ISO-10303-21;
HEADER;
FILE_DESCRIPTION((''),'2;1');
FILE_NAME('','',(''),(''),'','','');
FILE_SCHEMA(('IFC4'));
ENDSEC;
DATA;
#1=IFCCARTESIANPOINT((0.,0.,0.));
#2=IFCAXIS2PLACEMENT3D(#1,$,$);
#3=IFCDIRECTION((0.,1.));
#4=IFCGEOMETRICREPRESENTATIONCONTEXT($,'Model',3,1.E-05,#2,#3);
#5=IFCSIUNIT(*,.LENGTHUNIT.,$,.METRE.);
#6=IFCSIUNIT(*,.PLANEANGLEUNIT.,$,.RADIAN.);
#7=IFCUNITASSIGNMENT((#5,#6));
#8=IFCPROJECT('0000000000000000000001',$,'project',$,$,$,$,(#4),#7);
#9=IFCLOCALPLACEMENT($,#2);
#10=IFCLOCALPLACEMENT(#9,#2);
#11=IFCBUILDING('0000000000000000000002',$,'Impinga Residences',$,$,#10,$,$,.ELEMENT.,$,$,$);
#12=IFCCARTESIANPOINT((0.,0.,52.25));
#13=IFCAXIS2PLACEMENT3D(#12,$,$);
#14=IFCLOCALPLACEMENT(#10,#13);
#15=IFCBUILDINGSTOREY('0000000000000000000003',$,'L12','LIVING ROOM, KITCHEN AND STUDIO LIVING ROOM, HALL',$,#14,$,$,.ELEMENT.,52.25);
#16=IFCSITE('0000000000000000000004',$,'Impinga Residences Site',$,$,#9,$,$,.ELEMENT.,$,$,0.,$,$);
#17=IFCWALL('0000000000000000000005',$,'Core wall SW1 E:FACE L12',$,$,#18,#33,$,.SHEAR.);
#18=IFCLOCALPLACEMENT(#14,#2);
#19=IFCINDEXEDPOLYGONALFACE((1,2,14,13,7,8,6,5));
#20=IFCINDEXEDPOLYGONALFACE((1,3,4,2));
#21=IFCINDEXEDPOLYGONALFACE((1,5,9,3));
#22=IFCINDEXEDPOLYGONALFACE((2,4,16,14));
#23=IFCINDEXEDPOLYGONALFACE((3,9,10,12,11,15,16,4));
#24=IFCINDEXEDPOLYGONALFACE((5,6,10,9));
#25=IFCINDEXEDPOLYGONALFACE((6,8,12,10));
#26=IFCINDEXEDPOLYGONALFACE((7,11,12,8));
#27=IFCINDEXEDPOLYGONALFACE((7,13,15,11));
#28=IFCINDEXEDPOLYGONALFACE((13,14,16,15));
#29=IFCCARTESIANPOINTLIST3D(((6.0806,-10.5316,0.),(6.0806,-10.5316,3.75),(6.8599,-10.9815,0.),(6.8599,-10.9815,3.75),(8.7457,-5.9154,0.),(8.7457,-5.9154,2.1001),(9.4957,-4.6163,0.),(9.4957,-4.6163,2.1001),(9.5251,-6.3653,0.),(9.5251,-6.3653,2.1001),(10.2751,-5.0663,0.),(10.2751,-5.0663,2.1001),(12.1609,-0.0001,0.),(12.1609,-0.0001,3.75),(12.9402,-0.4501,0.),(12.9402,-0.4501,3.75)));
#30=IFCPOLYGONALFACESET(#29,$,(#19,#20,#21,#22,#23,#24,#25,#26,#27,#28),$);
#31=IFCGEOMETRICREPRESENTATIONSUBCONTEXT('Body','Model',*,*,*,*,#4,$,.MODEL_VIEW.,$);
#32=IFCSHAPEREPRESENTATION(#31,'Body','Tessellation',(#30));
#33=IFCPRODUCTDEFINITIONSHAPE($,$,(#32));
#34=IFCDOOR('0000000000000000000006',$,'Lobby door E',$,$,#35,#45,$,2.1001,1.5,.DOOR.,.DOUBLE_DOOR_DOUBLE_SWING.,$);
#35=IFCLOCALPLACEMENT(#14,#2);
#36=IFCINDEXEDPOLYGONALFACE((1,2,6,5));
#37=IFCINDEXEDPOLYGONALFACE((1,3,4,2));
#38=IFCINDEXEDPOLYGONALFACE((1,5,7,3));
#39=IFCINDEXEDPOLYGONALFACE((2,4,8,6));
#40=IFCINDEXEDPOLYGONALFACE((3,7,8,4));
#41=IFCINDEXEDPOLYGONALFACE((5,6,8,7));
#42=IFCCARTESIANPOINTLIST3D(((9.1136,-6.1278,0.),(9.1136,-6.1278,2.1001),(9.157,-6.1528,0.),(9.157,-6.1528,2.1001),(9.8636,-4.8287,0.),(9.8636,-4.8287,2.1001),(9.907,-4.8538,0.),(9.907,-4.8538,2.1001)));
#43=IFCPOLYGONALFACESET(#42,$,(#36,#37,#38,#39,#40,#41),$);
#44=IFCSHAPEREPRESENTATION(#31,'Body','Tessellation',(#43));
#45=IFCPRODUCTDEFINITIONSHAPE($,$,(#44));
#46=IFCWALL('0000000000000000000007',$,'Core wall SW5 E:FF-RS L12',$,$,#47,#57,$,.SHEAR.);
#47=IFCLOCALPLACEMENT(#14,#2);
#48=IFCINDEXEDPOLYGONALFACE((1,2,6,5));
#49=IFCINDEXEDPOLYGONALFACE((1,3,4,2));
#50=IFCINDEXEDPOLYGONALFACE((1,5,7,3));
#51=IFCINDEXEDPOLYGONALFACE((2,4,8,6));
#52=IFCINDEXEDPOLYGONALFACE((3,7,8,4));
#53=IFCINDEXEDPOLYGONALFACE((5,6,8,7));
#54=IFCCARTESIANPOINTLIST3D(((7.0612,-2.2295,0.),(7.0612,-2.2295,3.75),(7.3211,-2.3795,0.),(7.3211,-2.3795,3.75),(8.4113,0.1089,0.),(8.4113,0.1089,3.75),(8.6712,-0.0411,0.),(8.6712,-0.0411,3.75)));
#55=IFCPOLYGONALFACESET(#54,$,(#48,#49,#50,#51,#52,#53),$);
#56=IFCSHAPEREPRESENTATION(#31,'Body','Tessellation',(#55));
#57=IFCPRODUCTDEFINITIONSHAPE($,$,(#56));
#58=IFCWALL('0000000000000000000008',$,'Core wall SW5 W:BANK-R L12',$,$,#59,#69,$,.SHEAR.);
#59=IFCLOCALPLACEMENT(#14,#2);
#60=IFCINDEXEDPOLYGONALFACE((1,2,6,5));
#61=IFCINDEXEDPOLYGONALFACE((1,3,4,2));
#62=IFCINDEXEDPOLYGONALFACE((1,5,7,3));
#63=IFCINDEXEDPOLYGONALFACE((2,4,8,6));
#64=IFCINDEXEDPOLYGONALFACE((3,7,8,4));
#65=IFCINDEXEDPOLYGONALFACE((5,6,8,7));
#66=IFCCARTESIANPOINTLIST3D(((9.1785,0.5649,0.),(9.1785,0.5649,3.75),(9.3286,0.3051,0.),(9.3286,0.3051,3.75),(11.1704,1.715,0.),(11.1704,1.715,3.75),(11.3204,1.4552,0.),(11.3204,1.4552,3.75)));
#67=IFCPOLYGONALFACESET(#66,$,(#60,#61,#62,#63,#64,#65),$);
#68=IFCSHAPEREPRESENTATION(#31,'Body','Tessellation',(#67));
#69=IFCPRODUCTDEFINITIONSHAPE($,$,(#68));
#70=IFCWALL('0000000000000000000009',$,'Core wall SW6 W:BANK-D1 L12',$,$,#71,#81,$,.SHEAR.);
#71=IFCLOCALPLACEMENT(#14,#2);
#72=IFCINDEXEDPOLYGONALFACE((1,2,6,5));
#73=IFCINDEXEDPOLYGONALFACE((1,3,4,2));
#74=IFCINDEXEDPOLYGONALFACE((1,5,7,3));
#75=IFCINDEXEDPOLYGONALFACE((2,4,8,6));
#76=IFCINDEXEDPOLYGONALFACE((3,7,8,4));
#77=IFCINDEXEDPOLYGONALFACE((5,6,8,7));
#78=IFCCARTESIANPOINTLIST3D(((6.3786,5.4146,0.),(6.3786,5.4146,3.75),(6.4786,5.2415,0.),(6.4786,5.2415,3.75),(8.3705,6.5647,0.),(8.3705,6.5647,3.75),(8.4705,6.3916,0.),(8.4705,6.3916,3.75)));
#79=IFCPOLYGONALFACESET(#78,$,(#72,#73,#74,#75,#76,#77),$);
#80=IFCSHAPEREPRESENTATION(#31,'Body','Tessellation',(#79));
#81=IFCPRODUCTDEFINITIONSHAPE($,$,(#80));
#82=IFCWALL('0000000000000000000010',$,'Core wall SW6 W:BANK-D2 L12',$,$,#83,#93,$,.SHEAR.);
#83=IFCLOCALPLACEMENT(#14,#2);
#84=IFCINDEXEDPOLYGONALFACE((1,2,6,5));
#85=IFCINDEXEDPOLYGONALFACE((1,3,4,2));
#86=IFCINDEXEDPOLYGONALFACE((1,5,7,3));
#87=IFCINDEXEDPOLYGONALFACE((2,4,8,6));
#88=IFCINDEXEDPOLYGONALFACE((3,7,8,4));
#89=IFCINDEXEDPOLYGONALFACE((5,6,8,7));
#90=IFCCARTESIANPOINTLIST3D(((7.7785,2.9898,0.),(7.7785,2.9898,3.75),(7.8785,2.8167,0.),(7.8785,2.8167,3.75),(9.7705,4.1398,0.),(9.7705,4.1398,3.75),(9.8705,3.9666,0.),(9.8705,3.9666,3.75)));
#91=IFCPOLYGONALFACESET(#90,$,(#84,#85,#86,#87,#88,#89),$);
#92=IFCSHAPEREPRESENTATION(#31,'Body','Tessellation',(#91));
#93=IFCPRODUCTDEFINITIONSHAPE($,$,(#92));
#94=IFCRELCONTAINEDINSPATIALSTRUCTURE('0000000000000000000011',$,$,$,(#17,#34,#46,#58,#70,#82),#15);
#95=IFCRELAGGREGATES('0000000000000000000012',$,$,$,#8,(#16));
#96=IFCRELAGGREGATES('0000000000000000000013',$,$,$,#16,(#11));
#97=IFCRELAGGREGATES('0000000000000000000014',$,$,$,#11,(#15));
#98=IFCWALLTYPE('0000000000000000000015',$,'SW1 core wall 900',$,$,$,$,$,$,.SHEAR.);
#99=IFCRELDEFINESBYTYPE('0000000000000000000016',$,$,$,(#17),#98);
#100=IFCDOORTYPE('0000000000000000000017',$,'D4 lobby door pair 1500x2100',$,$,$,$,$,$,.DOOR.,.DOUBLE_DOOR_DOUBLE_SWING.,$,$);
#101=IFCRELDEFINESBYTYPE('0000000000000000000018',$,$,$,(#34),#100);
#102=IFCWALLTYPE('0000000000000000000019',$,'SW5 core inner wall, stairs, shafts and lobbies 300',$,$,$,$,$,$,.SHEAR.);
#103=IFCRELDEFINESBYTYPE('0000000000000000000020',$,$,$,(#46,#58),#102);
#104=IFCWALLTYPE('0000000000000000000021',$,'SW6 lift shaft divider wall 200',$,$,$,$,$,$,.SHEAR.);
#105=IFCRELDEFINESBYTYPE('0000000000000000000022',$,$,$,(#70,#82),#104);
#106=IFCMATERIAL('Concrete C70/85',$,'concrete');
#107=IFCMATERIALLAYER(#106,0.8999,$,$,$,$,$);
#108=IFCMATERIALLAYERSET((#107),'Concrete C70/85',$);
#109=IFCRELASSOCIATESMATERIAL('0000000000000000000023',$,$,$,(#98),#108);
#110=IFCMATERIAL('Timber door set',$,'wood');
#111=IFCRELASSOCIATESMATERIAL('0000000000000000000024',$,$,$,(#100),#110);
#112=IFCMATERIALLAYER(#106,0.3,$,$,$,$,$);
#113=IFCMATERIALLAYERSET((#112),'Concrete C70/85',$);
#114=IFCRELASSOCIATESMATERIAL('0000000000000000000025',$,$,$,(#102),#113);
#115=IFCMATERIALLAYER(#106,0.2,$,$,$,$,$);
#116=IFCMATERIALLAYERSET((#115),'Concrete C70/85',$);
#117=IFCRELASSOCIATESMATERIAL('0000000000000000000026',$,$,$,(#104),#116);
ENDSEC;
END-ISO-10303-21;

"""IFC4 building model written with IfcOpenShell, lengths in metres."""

from ifc_helpers import new_model, si_unit, direction, frame, frame_2d, origin, place, context, subcontext, project, spatial, rectangle, extrude, material, layer, layer_set, type_object, element, fill, save


model = new_model("IFC4")

# Units and contexts
model_context = context("Model", 3, precision=1e-05, world=origin(), true_north=direction((0.0, 1.0)))
body_context = subcontext(model_context, "Body", "Model", "MODEL_VIEW")
ifc_project = project(units=[si_unit("LENGTHUNIT", "METRE"), si_unit("PLANEANGLEUNIT", "RADIAN")], contexts=[model_context])

# Site, building, storey
site_placement = place(None, origin())
site = spatial("IfcSite", under=ifc_project, at=site_placement, Name="Impinga Residences Site", CompositionType="ELEMENT", RefElevation=0.0)
building_placement = place(site_placement, origin())
building = spatial("IfcBuilding", under=site, at=building_placement, Name="Impinga Residences", CompositionType="ELEMENT")
storey_placement = place(building_placement, frame((0.0, 0.0, 52.25)))
storey = spatial("IfcBuildingStorey", under=building, at=storey_placement, Name="L12", Description="LIVING ROOM, KITCHEN AND STUDIO LIVING ROOM, HALL", CompositionType="ELEMENT", Elevation=52.25)

# Shared definitions
ifc_material_1 = material(Name="Concrete C70/85", Category="concrete")

# Shared definitions
ifc_material_2 = material(Name="Timber door set", Category="wood")

# Wall, opening, door
ifc_layer_1 = layer(ifc_material_1, 0.8999)
ifc_layer_set_1 = layer_set([ifc_layer_1], Name="Concrete C70/85")
wall_type_1 = type_object("IfcWallType", Name="SW1 core wall 900", PredefinedType="SHEAR", material=ifc_layer_set_1)
wall_1_placement = place(storey_placement, frame((12.5505, -0.2251, 0.0), z_axis=(0.0, 0.0, 1.0), x_axis=(-0.499998, -0.866027, 0.0)))
wall_1 = element("IfcWall", 1, at=wall_1_placement, inside=storey, type_object=wall_type_1, Name="Core wall SW1 E:FACE L12", PredefinedType="SHEAR", context=body_context, shape_type="SweptSolid", body=[
    extrude(rectangle(XDim=12.1606, YDim=0.8999, at=frame_2d((6.0803, 0.0))), origin(), (0.0, 0.0, 1.0), 3.75),
])
opening_1_placement = place(wall_1_placement, frame((5.3303, 0.0, 0.0)))
opening_1 = element("IfcOpeningElement", 2, at=opening_1_placement, cuts=wall_1, PredefinedType="OPENING", context=body_context, shape_type="SweptSolid", body=[
    extrude(rectangle(XDim=1.5, YDim=2.1001, at=frame_2d((0.75, 1.05))), frame((0.0, 0.46, 0.0), z_axis=(0.0, -1.0, 0.0), x_axis=(1.0, 0.0, 0.0)), (0.0, 0.0, 1.0), 0.9199),
])
door_type_1 = type_object("IfcDoorType", Name="D4 lobby door pair 1500x2100", OperationType="DOUBLE_DOOR_DOUBLE_SWING", PredefinedType="DOOR", material=ifc_material_2)
door_1_placement = place(opening_1_placement, origin())
door_1 = element("IfcDoor", 3, at=door_1_placement, inside=storey, type_object=door_type_1, Name="Lobby door E", OperationType="DOUBLE_DOOR_DOUBLE_SWING", OverallHeight=2.1001, OverallWidth=1.5, PredefinedType="DOOR", context=body_context, shape_type="SweptSolid", body=[
    extrude(rectangle(XDim=1.5, YDim=2.1001, at=frame_2d((0.75, 1.05))), frame((0.0, 0.0249, 0.0), z_axis=(0.0, -1.0, 0.0), x_axis=(1.0, 0.0, 0.0)), (0.0, 0.0, 1.0), 0.05),
])
fill(opening_1, door_1)

# Walls
ifc_layer_2 = layer(ifc_material_1, 0.3)
ifc_layer_set_2 = layer_set([ifc_layer_2], Name="Concrete C70/85")
wall_type_2 = type_object("IfcWallType", Name="SW5 core inner wall, stairs, shafts and lobbies 300", PredefinedType="SHEAR", material=ifc_layer_set_2)
wall_2_placement = place(storey_placement, frame((8.5413, 0.0339, 0.0), z_axis=(0.0, 0.0, 1.0), x_axis=(-0.500009, -0.86602, 0.0)))
element("IfcWall", 4, at=wall_2_placement, inside=storey, type_object=wall_type_2, Name="Core wall SW5 E:FF-RS L12", PredefinedType="SHEAR", context=body_context, shape_type="SweptSolid", body=[
    extrude(rectangle(XDim=2.7002, YDim=0.3, at=frame_2d((1.3501, 0.0))), origin(), (0.0, 0.0, 1.0), 3.75),
])
wall_3_placement = place(storey_placement, frame((9.2537, 0.4351, 0.0), z_axis=(0.0, 0.0, 1.0), x_axis=(0.866007, 0.500032, 0.0)))
element("IfcWall", 5, at=wall_3_placement, inside=storey, type_object=wall_type_2, Name="Core wall SW5 W:BANK-R L12", PredefinedType="SHEAR", context=body_context, shape_type="SweptSolid", body=[
    extrude(rectangle(XDim=2.3, YDim=0.3, at=frame_2d((1.1499, 0.0))), origin(), (0.0, 0.0, 1.0), 3.75),
])
ifc_layer_3 = layer(ifc_material_1, 0.2)
ifc_layer_set_3 = layer_set([ifc_layer_3], Name="Concrete C70/85")
wall_type_3 = type_object("IfcWallType", Name="SW6 lift shaft divider wall 200", PredefinedType="SHEAR", material=ifc_layer_set_3)
for number, where, z_axis, x_axis, name in (
    (6, (6.4287, 5.3281, 0.0), (0.0, 0.0, 1.0), (0.866007, 0.500032, 0.0), "Core wall SW6 W:BANK-D1 L12"),
    (7, (7.8286, 2.9033, 0.0), (0.0, 0.0, 1.0), (0.866053, 0.499952, 0.0), "Core wall SW6 W:BANK-D2 L12"),
):
    element("IfcWall", number, at=place(storey_placement, frame(where, z_axis=z_axis, x_axis=x_axis)), inside=storey, type_object=wall_type_3, Name=name, PredefinedType="SHEAR", context=body_context, shape_type="SweptSolid", body=[
        extrude(rectangle(XDim=2.3, YDim=0.2, at=frame_2d((1.1499, 0.0))), origin(), (0.0, 0.0, 1.0), 3.75),
    ])

save(model, "model.ifc")
